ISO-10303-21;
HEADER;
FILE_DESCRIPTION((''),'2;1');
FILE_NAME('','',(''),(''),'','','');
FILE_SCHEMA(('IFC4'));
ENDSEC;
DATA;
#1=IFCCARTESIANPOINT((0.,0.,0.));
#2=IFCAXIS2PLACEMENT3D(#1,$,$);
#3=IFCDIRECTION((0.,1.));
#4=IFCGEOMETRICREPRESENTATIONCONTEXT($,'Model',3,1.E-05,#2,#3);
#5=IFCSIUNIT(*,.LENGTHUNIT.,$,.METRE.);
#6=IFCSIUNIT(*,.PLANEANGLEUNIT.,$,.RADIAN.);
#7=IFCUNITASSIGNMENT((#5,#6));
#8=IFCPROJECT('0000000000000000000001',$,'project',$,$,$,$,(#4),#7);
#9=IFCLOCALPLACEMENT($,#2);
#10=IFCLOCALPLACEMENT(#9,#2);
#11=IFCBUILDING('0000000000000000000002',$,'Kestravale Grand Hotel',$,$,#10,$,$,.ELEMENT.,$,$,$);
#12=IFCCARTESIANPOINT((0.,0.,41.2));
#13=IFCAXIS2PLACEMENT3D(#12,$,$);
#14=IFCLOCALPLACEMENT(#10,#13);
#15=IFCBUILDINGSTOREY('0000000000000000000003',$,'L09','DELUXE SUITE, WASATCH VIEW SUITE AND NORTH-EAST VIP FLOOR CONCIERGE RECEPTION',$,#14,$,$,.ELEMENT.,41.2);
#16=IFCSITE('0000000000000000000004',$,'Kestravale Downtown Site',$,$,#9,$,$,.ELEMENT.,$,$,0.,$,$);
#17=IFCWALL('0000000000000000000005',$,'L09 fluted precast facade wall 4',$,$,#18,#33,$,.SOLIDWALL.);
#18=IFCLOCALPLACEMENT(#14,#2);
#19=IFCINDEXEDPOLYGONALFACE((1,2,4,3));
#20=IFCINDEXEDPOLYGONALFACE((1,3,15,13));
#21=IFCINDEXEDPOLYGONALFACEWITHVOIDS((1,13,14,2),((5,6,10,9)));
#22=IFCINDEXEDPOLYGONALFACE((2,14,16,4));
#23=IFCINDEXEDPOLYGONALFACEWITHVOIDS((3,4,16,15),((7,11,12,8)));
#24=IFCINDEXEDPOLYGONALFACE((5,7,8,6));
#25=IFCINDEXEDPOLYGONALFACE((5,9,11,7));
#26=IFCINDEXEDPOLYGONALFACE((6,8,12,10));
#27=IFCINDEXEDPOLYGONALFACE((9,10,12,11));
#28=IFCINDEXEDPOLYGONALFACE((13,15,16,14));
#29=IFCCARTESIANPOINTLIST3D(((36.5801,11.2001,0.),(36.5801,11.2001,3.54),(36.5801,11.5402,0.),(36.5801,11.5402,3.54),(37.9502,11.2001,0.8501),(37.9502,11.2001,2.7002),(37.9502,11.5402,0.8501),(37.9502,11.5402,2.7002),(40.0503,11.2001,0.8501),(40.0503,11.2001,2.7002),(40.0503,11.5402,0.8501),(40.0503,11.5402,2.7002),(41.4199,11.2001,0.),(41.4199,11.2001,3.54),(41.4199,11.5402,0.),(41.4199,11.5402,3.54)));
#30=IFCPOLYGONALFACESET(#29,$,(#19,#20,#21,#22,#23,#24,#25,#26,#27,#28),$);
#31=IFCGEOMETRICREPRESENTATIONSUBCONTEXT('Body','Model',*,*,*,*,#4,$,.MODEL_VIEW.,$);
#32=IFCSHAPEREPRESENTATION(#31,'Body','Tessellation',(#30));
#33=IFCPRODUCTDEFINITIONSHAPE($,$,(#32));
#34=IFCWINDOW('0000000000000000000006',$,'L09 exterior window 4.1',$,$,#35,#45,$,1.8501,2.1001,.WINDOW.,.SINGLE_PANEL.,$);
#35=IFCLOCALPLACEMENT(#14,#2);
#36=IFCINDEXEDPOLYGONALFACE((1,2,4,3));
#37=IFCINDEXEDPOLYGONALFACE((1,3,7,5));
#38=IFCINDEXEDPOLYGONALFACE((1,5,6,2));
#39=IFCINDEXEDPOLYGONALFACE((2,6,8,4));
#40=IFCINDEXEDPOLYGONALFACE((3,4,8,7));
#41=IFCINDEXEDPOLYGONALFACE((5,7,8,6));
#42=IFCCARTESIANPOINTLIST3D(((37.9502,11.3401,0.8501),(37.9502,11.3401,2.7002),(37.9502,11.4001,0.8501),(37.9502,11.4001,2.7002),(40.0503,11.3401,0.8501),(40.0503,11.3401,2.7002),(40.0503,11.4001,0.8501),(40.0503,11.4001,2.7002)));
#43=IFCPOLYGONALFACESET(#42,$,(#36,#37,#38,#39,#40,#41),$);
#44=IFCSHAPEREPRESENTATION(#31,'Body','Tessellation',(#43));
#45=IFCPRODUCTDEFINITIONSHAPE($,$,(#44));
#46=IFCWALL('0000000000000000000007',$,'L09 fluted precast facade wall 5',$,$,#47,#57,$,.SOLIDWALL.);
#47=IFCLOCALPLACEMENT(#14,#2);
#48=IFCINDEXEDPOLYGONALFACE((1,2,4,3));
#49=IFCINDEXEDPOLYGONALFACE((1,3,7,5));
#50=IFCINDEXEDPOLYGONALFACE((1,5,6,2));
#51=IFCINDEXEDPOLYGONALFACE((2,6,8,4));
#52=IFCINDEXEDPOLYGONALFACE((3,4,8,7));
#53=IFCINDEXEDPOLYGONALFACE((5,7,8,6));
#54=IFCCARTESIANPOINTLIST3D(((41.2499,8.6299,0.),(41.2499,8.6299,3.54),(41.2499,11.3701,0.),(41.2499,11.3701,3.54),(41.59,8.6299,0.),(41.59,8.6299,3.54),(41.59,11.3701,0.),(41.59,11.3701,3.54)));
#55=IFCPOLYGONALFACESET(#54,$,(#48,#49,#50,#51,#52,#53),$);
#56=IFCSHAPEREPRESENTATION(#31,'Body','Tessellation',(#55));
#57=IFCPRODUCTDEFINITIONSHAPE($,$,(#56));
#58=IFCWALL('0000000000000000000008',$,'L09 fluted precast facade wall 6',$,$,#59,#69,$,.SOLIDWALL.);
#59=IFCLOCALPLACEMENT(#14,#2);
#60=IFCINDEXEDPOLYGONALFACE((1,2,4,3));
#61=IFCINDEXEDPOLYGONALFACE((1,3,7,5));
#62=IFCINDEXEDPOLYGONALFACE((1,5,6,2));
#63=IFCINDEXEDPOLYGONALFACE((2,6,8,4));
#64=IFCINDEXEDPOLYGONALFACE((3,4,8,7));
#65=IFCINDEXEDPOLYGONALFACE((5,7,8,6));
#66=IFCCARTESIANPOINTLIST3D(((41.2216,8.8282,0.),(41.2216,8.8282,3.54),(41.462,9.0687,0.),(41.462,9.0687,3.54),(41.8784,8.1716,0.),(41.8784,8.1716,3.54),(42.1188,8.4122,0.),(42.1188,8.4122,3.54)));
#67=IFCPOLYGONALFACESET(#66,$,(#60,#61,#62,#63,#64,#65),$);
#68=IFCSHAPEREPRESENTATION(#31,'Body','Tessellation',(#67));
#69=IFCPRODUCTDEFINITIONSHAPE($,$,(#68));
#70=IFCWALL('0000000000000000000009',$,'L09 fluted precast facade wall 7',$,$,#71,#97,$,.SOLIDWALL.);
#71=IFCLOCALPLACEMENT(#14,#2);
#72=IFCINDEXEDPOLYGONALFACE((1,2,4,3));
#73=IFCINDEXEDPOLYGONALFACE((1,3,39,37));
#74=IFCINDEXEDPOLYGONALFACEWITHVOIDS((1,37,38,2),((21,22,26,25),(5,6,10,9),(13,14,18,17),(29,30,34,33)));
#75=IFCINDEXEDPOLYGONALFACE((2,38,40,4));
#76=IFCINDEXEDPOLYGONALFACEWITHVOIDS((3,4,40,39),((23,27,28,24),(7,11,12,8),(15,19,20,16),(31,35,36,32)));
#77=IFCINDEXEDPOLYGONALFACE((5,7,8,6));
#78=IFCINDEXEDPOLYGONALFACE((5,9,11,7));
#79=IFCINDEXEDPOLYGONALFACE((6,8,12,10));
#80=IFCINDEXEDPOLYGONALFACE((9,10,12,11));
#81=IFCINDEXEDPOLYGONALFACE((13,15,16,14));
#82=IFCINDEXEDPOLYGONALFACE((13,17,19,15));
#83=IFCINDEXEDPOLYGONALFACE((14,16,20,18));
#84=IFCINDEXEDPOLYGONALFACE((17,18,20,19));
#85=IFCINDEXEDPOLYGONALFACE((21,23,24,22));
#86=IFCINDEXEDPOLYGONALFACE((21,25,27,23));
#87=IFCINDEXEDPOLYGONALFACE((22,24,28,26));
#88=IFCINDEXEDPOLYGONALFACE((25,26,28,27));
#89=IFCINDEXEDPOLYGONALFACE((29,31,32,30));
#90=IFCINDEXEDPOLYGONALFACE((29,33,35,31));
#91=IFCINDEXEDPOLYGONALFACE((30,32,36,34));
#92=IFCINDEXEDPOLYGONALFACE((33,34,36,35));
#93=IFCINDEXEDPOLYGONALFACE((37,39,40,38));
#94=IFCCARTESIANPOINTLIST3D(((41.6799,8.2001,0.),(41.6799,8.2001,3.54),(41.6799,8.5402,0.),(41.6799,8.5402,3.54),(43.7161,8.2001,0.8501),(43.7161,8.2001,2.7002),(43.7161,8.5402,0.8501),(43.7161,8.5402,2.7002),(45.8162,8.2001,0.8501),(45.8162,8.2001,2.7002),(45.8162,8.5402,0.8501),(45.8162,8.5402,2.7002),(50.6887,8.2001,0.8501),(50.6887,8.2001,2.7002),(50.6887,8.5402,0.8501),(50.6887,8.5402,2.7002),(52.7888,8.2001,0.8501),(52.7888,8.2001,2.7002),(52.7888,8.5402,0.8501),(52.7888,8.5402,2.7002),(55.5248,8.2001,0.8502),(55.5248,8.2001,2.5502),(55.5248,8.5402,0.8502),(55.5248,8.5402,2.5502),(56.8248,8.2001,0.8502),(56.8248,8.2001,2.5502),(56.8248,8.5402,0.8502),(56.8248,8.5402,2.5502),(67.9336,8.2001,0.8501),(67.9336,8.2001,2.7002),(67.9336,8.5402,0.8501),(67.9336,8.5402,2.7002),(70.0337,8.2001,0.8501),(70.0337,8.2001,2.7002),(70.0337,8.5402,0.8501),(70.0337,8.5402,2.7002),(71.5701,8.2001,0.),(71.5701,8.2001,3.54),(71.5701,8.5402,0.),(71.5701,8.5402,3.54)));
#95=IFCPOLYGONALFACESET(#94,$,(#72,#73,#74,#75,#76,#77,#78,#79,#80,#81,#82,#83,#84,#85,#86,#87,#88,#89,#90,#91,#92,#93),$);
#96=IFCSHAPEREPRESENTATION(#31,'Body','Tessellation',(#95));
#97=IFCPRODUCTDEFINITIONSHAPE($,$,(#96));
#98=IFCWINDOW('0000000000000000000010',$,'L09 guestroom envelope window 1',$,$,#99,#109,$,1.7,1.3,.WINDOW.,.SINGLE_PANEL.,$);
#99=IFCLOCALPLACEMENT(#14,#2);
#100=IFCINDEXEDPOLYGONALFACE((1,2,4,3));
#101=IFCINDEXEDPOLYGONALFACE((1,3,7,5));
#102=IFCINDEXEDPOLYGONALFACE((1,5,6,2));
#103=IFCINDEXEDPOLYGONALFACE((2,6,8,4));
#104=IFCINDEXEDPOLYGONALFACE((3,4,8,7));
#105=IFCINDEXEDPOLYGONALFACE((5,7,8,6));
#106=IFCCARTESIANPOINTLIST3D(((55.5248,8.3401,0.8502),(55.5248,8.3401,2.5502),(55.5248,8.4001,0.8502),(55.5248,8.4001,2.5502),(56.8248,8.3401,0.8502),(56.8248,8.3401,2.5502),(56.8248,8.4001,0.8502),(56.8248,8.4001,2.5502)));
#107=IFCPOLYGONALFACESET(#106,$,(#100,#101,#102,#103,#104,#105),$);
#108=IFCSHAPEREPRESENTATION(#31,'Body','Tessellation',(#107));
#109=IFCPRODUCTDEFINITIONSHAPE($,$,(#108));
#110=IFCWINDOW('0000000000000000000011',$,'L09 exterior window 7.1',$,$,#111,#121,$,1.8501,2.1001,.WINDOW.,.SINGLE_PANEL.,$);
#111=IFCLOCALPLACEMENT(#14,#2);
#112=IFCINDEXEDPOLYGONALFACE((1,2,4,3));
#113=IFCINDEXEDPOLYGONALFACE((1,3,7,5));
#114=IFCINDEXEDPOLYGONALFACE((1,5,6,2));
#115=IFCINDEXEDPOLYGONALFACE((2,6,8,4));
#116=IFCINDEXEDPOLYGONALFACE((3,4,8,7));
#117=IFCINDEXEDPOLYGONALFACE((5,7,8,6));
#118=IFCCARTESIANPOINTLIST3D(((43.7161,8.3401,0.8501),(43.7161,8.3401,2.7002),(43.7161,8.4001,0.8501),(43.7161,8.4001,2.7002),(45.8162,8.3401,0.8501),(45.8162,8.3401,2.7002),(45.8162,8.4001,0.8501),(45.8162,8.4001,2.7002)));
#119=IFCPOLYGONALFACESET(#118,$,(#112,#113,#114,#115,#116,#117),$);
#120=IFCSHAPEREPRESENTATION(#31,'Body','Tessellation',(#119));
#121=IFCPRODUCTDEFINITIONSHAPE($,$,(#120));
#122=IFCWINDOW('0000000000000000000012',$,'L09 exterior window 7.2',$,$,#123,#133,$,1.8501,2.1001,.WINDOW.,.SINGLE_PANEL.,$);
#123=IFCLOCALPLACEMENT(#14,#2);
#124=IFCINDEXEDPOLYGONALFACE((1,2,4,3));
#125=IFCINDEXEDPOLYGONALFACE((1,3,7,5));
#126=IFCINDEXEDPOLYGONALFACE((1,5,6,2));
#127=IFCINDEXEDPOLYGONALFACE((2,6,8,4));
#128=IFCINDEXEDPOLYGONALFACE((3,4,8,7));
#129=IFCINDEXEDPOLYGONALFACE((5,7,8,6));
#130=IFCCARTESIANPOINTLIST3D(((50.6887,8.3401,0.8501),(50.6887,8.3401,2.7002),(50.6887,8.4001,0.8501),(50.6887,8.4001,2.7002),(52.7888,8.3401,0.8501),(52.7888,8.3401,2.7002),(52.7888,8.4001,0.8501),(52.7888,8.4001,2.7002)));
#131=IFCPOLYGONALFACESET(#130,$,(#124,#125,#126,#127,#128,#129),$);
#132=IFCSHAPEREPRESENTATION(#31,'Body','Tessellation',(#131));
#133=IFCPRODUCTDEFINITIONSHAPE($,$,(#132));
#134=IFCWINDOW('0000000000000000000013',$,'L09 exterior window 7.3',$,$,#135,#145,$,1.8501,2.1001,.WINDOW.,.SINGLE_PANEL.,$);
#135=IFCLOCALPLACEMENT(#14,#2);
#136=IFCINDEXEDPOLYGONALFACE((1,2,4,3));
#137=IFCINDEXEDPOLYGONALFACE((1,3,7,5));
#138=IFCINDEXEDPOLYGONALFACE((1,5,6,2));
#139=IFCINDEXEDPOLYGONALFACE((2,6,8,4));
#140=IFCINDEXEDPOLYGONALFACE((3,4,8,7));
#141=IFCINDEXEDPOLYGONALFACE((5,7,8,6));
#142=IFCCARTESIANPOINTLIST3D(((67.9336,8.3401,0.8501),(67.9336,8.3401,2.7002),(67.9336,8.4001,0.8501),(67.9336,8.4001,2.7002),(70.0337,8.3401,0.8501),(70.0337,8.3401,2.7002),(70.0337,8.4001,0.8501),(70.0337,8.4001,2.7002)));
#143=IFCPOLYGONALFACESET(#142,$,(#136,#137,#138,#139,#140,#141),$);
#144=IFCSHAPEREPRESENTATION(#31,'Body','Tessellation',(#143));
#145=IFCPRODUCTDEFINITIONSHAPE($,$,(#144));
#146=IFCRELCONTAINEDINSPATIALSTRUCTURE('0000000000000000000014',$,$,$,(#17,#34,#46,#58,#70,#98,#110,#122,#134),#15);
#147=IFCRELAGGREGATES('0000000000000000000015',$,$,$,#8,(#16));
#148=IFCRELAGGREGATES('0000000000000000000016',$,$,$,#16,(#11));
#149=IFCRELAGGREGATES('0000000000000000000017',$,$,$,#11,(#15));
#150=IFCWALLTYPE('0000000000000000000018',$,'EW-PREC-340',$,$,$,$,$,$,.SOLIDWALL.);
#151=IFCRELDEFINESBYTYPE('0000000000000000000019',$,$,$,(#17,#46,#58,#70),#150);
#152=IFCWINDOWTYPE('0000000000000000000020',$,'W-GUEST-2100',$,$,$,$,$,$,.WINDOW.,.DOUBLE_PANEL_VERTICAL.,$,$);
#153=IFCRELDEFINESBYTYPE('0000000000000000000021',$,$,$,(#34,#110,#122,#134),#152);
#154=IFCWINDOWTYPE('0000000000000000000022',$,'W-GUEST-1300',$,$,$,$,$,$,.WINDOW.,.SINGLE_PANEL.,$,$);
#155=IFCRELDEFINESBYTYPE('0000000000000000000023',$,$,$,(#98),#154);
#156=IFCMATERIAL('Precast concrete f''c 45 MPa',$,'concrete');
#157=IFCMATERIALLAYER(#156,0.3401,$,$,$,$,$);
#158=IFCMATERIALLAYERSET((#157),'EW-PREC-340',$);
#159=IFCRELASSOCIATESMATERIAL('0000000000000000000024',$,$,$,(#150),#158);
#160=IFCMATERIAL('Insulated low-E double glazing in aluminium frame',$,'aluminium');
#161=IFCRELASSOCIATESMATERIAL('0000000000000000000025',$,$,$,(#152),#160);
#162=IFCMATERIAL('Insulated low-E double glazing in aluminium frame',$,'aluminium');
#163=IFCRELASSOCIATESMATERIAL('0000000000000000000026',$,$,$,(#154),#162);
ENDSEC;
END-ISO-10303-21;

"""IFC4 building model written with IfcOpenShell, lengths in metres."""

from ifc_helpers import new_model, si_unit, direction, frame, frame_2d, origin, place, context, subcontext, project, spatial, rectangle, extrude, material, layer, layer_set, type_object, element, fill, save


model = new_model("IFC4")

# Units and contexts
model_context = context("Model", 3, precision=1e-05, world=origin(), true_north=direction((0.0, 1.0)))
body_context = subcontext(model_context, "Body", "Model", "MODEL_VIEW")
ifc_project = project(units=[si_unit("LENGTHUNIT", "METRE"), si_unit("PLANEANGLEUNIT", "RADIAN")], contexts=[model_context])

# Site, building, storey
site_placement = place(None, origin())
site = spatial("IfcSite", under=ifc_project, at=site_placement, Name="Kestravale Downtown Site", CompositionType="ELEMENT", RefElevation=0.0)
building_placement = place(site_placement, origin())
building = spatial("IfcBuilding", under=site, at=building_placement, Name="Kestravale Grand Hotel", CompositionType="ELEMENT")
storey_placement = place(building_placement, frame((0.0, 0.0, 41.2)))
storey = spatial("IfcBuildingStorey", under=building, at=storey_placement, Name="L09", Description="DELUXE SUITE, WASATCH VIEW SUITE AND NORTH-EAST VIP FLOOR CONCIERGE RECEPTION", CompositionType="ELEMENT", Elevation=41.2)

# Shared definitions
ifc_material_1 = material(Name="Precast concrete f'c 45 MPa", Category="concrete")
ifc_layer_1 = layer(ifc_material_1, 0.3401)
ifc_layer_set_1 = layer_set([ifc_layer_1], Name="EW-PREC-340")
wall_type_1 = type_object("IfcWallType", Name="EW-PREC-340", PredefinedType="SOLIDWALL", material=ifc_layer_set_1)

# Wall, opening, window
ifc_material_2 = material(Name="Insulated low-E double glazing in aluminium frame", Category="aluminium")
window_type_1 = type_object("IfcWindowType", Name="W-GUEST-2100", PartitioningType="DOUBLE_PANEL_VERTICAL", PredefinedType="WINDOW", material=ifc_material_2)
wall_1_placement = place(storey_placement, frame((36.5801, 11.3701, 0.0), z_axis=(0.0, 0.0, 1.0), x_axis=(1.0, 0.0, 0.0)))
wall_1 = element("IfcWall", 1, at=wall_1_placement, inside=storey, type_object=wall_type_1, Name="L09 fluted precast facade wall 4", PredefinedType="SOLIDWALL", context=body_context, shape_type="SweptSolid", body=[
    extrude(rectangle(XDim=4.8398, YDim=0.3401, at=frame_2d((2.4199, 0.0))), origin(), (0.0, 0.0, 1.0), 3.54),
])
opening_1_placement = place(wall_1_placement, frame((1.3701, 0.0, 0.8501)))
opening_1 = element("IfcOpeningElement", 2, at=opening_1_placement, cuts=wall_1, PredefinedType="OPENING", context=body_context, shape_type="SweptSolid", body=[
    extrude(rectangle(XDim=2.1001, YDim=1.8501, at=frame_2d((1.05, 0.925))), frame((0.0, 0.1799, 0.0), z_axis=(0.0, -1.0, 0.0), x_axis=(1.0, 0.0, 0.0)), (0.0, 0.0, 1.0), 0.3601),
])
window_1_placement = place(opening_1_placement, origin())
window_1 = element("IfcWindow", 3, at=window_1_placement, inside=storey, type_object=window_type_1, Name="L09 exterior window 4.1", OverallHeight=1.8501, OverallWidth=2.1001, PartitioningType="SINGLE_PANEL", PredefinedType="WINDOW", context=body_context, shape_type="SweptSolid", body=[
    extrude(rectangle(XDim=2.1001, YDim=1.8501, at=frame_2d((1.05, 0.925))), frame((0.0, 0.03, 0.0), z_axis=(0.0, -1.0, 0.0), x_axis=(1.0, 0.0, 0.0)), (0.0, 0.0, 1.0), 0.0601),
])
fill(opening_1, window_1)

# Walls
wall_2_placement = place(storey_placement, frame((41.4199, 11.3701, 0.0), z_axis=(0.0, 0.0, 1.0), x_axis=(0.0, -1.0, 0.0)))
element("IfcWall", 4, at=wall_2_placement, inside=storey, type_object=wall_type_1, Name="L09 fluted precast facade wall 5", PredefinedType="SOLIDWALL", context=body_context, shape_type="SweptSolid", body=[
    extrude(rectangle(XDim=2.7402, YDim=0.3401, at=frame_2d((1.3701, 0.0))), origin(), (0.0, 0.0, 1.0), 3.54),
])
wall_3_placement = place(storey_placement, frame((41.3418, 8.9485, 0.0), z_axis=(0.0, 0.0, 1.0), x_axis=(0.707238, -0.706975, 0.0)))
element("IfcWall", 5, at=wall_3_placement, inside=storey, type_object=wall_type_1, Name="L09 fluted precast facade wall 6", PredefinedType="SOLIDWALL", context=body_context, shape_type="SweptSolid", body=[
    extrude(rectangle(XDim=0.9287, YDim=0.3401, at=frame_2d((0.4644, 0.0))), origin(), (0.0, 0.0, 1.0), 3.54),
])

# Wall, openings, windows
wall_4_placement = place(storey_placement, frame((41.6799, 8.3701, 0.0), z_axis=(0.0, 0.0, 1.0), x_axis=(1.0, 0.0, 0.0)))
wall_4 = element("IfcWall", 6, at=wall_4_placement, inside=storey, type_object=wall_type_1, Name="L09 fluted precast facade wall 7", PredefinedType="SOLIDWALL", context=body_context, shape_type="SweptSolid", body=[
    extrude(rectangle(XDim=29.8901, YDim=0.3401, at=frame_2d((14.9451, 0.0))), origin(), (0.0, 0.0, 1.0), 3.54),
])
opening_2_placement = place(wall_4_placement, frame((2.0361, 0.0, 0.8501)))
opening_2 = element("IfcOpeningElement", 7, at=opening_2_placement, cuts=wall_4, PredefinedType="OPENING", context=body_context, shape_type="SweptSolid", body=[
    extrude(rectangle(XDim=2.1001, YDim=1.8501, at=frame_2d((1.05, 0.925))), frame((0.0, 0.1799, 0.0), z_axis=(0.0, -1.0, 0.0), x_axis=(1.0, 0.0, 0.0)), (0.0, 0.0, 1.0), 0.3601),
])
opening_3_placement = place(wall_4_placement, frame((9.0088, 0.0, 0.8501)))
opening_3 = element("IfcOpeningElement", 8, at=opening_3_placement, cuts=wall_4, PredefinedType="OPENING", context=body_context, shape_type="SweptSolid", body=[
    extrude(rectangle(XDim=2.1001, YDim=1.8501, at=frame_2d((1.05, 0.925))), frame((0.0, 0.1799, 0.0), z_axis=(0.0, -1.0, 0.0), x_axis=(1.0, 0.0, 0.0)), (0.0, 0.0, 1.0), 0.3601),
])
opening_4_placement = place(wall_4_placement, frame((26.2537, 0.0, 0.8501)))
opening_4 = element("IfcOpeningElement", 9, at=opening_4_placement, cuts=wall_4, PredefinedType="OPENING", context=body_context, shape_type="SweptSolid", body=[
    extrude(rectangle(XDim=2.1001, YDim=1.8501, at=frame_2d((1.05, 0.925))), frame((0.0, 0.1799, 0.0), z_axis=(0.0, -1.0, 0.0), x_axis=(1.0, 0.0, 0.0)), (0.0, 0.0, 1.0), 0.3601),
])
opening_5_placement = place(wall_4_placement, frame((13.845, 0.0, 0.8501)))
opening_5 = element("IfcOpeningElement", 10, at=opening_5_placement, cuts=wall_4, PredefinedType="OPENING", context=body_context, shape_type="SweptSolid", body=[
    extrude(rectangle(XDim=1.3, YDim=1.7, at=frame_2d((0.6499, 0.8501))), frame((0.0, 0.1799, 0.0), z_axis=(0.0, -1.0, 0.0), x_axis=(1.0, 0.0, 0.0)), (0.0, 0.0, 1.0), 0.3601),
])
ifc_material_3 = material(Name="Insulated low-E double glazing in aluminium frame", Category="aluminium")
window_type_2 = type_object("IfcWindowType", Name="W-GUEST-1300", PartitioningType="SINGLE_PANEL", PredefinedType="WINDOW", material=ifc_material_3)
window_2_placement = place(opening_5_placement, origin())
window_2 = element("IfcWindow", 11, at=window_2_placement, inside=storey, type_object=window_type_2, Name="L09 guestroom envelope window 1", OverallHeight=1.7, OverallWidth=1.3, PartitioningType="SINGLE_PANEL", PredefinedType="WINDOW", context=body_context, shape_type="SweptSolid", body=[
    extrude(rectangle(XDim=1.3, YDim=1.7, at=frame_2d((0.6499, 0.8501))), frame((0.0, 0.03, 0.0), z_axis=(0.0, -1.0, 0.0), x_axis=(1.0, 0.0, 0.0)), (0.0, 0.0, 1.0), 0.0601),
])
fill(opening_5, window_2)
window_3_placement = place(opening_2_placement, origin())
window_3 = element("IfcWindow", 12, at=window_3_placement, inside=storey, type_object=window_type_1, Name="L09 exterior window 7.1", OverallHeight=1.8501, OverallWidth=2.1001, PartitioningType="SINGLE_PANEL", PredefinedType="WINDOW", context=body_context, shape_type="SweptSolid", body=[
    extrude(rectangle(XDim=2.1001, YDim=1.8501, at=frame_2d((1.05, 0.925))), frame((0.0, 0.03, 0.0), z_axis=(0.0, -1.0, 0.0), x_axis=(1.0, 0.0, 0.0)), (0.0, 0.0, 1.0), 0.0601),
])
fill(opening_2, window_3)
window_4_placement = place(opening_3_placement, origin())
window_4 = element("IfcWindow", 13, at=window_4_placement, inside=storey, type_object=window_type_1, Name="L09 exterior window 7.2", OverallHeight=1.8501, OverallWidth=2.1001, PartitioningType="SINGLE_PANEL", PredefinedType="WINDOW", context=body_context, shape_type="SweptSolid", body=[
    extrude(rectangle(XDim=2.1001, YDim=1.8501, at=frame_2d((1.05, 0.925))), frame((0.0, 0.03, 0.0), z_axis=(0.0, -1.0, 0.0), x_axis=(1.0, 0.0, 0.0)), (0.0, 0.0, 1.0), 0.0601),
])
fill(opening_3, window_4)
window_5_placement = place(opening_4_placement, origin())
window_5 = element("IfcWindow", 14, at=window_5_placement, inside=storey, type_object=window_type_1, Name="L09 exterior window 7.3", OverallHeight=1.8501, OverallWidth=2.1001, PartitioningType="SINGLE_PANEL", PredefinedType="WINDOW", context=body_context, shape_type="SweptSolid", body=[
    extrude(rectangle(XDim=2.1001, YDim=1.8501, at=frame_2d((1.05, 0.925))), frame((0.0, 0.03, 0.0), z_axis=(0.0, -1.0, 0.0), x_axis=(1.0, 0.0, 0.0)), (0.0, 0.0, 1.0), 0.0601),
])
fill(opening_4, window_5)

save(model, "model.ifc")
